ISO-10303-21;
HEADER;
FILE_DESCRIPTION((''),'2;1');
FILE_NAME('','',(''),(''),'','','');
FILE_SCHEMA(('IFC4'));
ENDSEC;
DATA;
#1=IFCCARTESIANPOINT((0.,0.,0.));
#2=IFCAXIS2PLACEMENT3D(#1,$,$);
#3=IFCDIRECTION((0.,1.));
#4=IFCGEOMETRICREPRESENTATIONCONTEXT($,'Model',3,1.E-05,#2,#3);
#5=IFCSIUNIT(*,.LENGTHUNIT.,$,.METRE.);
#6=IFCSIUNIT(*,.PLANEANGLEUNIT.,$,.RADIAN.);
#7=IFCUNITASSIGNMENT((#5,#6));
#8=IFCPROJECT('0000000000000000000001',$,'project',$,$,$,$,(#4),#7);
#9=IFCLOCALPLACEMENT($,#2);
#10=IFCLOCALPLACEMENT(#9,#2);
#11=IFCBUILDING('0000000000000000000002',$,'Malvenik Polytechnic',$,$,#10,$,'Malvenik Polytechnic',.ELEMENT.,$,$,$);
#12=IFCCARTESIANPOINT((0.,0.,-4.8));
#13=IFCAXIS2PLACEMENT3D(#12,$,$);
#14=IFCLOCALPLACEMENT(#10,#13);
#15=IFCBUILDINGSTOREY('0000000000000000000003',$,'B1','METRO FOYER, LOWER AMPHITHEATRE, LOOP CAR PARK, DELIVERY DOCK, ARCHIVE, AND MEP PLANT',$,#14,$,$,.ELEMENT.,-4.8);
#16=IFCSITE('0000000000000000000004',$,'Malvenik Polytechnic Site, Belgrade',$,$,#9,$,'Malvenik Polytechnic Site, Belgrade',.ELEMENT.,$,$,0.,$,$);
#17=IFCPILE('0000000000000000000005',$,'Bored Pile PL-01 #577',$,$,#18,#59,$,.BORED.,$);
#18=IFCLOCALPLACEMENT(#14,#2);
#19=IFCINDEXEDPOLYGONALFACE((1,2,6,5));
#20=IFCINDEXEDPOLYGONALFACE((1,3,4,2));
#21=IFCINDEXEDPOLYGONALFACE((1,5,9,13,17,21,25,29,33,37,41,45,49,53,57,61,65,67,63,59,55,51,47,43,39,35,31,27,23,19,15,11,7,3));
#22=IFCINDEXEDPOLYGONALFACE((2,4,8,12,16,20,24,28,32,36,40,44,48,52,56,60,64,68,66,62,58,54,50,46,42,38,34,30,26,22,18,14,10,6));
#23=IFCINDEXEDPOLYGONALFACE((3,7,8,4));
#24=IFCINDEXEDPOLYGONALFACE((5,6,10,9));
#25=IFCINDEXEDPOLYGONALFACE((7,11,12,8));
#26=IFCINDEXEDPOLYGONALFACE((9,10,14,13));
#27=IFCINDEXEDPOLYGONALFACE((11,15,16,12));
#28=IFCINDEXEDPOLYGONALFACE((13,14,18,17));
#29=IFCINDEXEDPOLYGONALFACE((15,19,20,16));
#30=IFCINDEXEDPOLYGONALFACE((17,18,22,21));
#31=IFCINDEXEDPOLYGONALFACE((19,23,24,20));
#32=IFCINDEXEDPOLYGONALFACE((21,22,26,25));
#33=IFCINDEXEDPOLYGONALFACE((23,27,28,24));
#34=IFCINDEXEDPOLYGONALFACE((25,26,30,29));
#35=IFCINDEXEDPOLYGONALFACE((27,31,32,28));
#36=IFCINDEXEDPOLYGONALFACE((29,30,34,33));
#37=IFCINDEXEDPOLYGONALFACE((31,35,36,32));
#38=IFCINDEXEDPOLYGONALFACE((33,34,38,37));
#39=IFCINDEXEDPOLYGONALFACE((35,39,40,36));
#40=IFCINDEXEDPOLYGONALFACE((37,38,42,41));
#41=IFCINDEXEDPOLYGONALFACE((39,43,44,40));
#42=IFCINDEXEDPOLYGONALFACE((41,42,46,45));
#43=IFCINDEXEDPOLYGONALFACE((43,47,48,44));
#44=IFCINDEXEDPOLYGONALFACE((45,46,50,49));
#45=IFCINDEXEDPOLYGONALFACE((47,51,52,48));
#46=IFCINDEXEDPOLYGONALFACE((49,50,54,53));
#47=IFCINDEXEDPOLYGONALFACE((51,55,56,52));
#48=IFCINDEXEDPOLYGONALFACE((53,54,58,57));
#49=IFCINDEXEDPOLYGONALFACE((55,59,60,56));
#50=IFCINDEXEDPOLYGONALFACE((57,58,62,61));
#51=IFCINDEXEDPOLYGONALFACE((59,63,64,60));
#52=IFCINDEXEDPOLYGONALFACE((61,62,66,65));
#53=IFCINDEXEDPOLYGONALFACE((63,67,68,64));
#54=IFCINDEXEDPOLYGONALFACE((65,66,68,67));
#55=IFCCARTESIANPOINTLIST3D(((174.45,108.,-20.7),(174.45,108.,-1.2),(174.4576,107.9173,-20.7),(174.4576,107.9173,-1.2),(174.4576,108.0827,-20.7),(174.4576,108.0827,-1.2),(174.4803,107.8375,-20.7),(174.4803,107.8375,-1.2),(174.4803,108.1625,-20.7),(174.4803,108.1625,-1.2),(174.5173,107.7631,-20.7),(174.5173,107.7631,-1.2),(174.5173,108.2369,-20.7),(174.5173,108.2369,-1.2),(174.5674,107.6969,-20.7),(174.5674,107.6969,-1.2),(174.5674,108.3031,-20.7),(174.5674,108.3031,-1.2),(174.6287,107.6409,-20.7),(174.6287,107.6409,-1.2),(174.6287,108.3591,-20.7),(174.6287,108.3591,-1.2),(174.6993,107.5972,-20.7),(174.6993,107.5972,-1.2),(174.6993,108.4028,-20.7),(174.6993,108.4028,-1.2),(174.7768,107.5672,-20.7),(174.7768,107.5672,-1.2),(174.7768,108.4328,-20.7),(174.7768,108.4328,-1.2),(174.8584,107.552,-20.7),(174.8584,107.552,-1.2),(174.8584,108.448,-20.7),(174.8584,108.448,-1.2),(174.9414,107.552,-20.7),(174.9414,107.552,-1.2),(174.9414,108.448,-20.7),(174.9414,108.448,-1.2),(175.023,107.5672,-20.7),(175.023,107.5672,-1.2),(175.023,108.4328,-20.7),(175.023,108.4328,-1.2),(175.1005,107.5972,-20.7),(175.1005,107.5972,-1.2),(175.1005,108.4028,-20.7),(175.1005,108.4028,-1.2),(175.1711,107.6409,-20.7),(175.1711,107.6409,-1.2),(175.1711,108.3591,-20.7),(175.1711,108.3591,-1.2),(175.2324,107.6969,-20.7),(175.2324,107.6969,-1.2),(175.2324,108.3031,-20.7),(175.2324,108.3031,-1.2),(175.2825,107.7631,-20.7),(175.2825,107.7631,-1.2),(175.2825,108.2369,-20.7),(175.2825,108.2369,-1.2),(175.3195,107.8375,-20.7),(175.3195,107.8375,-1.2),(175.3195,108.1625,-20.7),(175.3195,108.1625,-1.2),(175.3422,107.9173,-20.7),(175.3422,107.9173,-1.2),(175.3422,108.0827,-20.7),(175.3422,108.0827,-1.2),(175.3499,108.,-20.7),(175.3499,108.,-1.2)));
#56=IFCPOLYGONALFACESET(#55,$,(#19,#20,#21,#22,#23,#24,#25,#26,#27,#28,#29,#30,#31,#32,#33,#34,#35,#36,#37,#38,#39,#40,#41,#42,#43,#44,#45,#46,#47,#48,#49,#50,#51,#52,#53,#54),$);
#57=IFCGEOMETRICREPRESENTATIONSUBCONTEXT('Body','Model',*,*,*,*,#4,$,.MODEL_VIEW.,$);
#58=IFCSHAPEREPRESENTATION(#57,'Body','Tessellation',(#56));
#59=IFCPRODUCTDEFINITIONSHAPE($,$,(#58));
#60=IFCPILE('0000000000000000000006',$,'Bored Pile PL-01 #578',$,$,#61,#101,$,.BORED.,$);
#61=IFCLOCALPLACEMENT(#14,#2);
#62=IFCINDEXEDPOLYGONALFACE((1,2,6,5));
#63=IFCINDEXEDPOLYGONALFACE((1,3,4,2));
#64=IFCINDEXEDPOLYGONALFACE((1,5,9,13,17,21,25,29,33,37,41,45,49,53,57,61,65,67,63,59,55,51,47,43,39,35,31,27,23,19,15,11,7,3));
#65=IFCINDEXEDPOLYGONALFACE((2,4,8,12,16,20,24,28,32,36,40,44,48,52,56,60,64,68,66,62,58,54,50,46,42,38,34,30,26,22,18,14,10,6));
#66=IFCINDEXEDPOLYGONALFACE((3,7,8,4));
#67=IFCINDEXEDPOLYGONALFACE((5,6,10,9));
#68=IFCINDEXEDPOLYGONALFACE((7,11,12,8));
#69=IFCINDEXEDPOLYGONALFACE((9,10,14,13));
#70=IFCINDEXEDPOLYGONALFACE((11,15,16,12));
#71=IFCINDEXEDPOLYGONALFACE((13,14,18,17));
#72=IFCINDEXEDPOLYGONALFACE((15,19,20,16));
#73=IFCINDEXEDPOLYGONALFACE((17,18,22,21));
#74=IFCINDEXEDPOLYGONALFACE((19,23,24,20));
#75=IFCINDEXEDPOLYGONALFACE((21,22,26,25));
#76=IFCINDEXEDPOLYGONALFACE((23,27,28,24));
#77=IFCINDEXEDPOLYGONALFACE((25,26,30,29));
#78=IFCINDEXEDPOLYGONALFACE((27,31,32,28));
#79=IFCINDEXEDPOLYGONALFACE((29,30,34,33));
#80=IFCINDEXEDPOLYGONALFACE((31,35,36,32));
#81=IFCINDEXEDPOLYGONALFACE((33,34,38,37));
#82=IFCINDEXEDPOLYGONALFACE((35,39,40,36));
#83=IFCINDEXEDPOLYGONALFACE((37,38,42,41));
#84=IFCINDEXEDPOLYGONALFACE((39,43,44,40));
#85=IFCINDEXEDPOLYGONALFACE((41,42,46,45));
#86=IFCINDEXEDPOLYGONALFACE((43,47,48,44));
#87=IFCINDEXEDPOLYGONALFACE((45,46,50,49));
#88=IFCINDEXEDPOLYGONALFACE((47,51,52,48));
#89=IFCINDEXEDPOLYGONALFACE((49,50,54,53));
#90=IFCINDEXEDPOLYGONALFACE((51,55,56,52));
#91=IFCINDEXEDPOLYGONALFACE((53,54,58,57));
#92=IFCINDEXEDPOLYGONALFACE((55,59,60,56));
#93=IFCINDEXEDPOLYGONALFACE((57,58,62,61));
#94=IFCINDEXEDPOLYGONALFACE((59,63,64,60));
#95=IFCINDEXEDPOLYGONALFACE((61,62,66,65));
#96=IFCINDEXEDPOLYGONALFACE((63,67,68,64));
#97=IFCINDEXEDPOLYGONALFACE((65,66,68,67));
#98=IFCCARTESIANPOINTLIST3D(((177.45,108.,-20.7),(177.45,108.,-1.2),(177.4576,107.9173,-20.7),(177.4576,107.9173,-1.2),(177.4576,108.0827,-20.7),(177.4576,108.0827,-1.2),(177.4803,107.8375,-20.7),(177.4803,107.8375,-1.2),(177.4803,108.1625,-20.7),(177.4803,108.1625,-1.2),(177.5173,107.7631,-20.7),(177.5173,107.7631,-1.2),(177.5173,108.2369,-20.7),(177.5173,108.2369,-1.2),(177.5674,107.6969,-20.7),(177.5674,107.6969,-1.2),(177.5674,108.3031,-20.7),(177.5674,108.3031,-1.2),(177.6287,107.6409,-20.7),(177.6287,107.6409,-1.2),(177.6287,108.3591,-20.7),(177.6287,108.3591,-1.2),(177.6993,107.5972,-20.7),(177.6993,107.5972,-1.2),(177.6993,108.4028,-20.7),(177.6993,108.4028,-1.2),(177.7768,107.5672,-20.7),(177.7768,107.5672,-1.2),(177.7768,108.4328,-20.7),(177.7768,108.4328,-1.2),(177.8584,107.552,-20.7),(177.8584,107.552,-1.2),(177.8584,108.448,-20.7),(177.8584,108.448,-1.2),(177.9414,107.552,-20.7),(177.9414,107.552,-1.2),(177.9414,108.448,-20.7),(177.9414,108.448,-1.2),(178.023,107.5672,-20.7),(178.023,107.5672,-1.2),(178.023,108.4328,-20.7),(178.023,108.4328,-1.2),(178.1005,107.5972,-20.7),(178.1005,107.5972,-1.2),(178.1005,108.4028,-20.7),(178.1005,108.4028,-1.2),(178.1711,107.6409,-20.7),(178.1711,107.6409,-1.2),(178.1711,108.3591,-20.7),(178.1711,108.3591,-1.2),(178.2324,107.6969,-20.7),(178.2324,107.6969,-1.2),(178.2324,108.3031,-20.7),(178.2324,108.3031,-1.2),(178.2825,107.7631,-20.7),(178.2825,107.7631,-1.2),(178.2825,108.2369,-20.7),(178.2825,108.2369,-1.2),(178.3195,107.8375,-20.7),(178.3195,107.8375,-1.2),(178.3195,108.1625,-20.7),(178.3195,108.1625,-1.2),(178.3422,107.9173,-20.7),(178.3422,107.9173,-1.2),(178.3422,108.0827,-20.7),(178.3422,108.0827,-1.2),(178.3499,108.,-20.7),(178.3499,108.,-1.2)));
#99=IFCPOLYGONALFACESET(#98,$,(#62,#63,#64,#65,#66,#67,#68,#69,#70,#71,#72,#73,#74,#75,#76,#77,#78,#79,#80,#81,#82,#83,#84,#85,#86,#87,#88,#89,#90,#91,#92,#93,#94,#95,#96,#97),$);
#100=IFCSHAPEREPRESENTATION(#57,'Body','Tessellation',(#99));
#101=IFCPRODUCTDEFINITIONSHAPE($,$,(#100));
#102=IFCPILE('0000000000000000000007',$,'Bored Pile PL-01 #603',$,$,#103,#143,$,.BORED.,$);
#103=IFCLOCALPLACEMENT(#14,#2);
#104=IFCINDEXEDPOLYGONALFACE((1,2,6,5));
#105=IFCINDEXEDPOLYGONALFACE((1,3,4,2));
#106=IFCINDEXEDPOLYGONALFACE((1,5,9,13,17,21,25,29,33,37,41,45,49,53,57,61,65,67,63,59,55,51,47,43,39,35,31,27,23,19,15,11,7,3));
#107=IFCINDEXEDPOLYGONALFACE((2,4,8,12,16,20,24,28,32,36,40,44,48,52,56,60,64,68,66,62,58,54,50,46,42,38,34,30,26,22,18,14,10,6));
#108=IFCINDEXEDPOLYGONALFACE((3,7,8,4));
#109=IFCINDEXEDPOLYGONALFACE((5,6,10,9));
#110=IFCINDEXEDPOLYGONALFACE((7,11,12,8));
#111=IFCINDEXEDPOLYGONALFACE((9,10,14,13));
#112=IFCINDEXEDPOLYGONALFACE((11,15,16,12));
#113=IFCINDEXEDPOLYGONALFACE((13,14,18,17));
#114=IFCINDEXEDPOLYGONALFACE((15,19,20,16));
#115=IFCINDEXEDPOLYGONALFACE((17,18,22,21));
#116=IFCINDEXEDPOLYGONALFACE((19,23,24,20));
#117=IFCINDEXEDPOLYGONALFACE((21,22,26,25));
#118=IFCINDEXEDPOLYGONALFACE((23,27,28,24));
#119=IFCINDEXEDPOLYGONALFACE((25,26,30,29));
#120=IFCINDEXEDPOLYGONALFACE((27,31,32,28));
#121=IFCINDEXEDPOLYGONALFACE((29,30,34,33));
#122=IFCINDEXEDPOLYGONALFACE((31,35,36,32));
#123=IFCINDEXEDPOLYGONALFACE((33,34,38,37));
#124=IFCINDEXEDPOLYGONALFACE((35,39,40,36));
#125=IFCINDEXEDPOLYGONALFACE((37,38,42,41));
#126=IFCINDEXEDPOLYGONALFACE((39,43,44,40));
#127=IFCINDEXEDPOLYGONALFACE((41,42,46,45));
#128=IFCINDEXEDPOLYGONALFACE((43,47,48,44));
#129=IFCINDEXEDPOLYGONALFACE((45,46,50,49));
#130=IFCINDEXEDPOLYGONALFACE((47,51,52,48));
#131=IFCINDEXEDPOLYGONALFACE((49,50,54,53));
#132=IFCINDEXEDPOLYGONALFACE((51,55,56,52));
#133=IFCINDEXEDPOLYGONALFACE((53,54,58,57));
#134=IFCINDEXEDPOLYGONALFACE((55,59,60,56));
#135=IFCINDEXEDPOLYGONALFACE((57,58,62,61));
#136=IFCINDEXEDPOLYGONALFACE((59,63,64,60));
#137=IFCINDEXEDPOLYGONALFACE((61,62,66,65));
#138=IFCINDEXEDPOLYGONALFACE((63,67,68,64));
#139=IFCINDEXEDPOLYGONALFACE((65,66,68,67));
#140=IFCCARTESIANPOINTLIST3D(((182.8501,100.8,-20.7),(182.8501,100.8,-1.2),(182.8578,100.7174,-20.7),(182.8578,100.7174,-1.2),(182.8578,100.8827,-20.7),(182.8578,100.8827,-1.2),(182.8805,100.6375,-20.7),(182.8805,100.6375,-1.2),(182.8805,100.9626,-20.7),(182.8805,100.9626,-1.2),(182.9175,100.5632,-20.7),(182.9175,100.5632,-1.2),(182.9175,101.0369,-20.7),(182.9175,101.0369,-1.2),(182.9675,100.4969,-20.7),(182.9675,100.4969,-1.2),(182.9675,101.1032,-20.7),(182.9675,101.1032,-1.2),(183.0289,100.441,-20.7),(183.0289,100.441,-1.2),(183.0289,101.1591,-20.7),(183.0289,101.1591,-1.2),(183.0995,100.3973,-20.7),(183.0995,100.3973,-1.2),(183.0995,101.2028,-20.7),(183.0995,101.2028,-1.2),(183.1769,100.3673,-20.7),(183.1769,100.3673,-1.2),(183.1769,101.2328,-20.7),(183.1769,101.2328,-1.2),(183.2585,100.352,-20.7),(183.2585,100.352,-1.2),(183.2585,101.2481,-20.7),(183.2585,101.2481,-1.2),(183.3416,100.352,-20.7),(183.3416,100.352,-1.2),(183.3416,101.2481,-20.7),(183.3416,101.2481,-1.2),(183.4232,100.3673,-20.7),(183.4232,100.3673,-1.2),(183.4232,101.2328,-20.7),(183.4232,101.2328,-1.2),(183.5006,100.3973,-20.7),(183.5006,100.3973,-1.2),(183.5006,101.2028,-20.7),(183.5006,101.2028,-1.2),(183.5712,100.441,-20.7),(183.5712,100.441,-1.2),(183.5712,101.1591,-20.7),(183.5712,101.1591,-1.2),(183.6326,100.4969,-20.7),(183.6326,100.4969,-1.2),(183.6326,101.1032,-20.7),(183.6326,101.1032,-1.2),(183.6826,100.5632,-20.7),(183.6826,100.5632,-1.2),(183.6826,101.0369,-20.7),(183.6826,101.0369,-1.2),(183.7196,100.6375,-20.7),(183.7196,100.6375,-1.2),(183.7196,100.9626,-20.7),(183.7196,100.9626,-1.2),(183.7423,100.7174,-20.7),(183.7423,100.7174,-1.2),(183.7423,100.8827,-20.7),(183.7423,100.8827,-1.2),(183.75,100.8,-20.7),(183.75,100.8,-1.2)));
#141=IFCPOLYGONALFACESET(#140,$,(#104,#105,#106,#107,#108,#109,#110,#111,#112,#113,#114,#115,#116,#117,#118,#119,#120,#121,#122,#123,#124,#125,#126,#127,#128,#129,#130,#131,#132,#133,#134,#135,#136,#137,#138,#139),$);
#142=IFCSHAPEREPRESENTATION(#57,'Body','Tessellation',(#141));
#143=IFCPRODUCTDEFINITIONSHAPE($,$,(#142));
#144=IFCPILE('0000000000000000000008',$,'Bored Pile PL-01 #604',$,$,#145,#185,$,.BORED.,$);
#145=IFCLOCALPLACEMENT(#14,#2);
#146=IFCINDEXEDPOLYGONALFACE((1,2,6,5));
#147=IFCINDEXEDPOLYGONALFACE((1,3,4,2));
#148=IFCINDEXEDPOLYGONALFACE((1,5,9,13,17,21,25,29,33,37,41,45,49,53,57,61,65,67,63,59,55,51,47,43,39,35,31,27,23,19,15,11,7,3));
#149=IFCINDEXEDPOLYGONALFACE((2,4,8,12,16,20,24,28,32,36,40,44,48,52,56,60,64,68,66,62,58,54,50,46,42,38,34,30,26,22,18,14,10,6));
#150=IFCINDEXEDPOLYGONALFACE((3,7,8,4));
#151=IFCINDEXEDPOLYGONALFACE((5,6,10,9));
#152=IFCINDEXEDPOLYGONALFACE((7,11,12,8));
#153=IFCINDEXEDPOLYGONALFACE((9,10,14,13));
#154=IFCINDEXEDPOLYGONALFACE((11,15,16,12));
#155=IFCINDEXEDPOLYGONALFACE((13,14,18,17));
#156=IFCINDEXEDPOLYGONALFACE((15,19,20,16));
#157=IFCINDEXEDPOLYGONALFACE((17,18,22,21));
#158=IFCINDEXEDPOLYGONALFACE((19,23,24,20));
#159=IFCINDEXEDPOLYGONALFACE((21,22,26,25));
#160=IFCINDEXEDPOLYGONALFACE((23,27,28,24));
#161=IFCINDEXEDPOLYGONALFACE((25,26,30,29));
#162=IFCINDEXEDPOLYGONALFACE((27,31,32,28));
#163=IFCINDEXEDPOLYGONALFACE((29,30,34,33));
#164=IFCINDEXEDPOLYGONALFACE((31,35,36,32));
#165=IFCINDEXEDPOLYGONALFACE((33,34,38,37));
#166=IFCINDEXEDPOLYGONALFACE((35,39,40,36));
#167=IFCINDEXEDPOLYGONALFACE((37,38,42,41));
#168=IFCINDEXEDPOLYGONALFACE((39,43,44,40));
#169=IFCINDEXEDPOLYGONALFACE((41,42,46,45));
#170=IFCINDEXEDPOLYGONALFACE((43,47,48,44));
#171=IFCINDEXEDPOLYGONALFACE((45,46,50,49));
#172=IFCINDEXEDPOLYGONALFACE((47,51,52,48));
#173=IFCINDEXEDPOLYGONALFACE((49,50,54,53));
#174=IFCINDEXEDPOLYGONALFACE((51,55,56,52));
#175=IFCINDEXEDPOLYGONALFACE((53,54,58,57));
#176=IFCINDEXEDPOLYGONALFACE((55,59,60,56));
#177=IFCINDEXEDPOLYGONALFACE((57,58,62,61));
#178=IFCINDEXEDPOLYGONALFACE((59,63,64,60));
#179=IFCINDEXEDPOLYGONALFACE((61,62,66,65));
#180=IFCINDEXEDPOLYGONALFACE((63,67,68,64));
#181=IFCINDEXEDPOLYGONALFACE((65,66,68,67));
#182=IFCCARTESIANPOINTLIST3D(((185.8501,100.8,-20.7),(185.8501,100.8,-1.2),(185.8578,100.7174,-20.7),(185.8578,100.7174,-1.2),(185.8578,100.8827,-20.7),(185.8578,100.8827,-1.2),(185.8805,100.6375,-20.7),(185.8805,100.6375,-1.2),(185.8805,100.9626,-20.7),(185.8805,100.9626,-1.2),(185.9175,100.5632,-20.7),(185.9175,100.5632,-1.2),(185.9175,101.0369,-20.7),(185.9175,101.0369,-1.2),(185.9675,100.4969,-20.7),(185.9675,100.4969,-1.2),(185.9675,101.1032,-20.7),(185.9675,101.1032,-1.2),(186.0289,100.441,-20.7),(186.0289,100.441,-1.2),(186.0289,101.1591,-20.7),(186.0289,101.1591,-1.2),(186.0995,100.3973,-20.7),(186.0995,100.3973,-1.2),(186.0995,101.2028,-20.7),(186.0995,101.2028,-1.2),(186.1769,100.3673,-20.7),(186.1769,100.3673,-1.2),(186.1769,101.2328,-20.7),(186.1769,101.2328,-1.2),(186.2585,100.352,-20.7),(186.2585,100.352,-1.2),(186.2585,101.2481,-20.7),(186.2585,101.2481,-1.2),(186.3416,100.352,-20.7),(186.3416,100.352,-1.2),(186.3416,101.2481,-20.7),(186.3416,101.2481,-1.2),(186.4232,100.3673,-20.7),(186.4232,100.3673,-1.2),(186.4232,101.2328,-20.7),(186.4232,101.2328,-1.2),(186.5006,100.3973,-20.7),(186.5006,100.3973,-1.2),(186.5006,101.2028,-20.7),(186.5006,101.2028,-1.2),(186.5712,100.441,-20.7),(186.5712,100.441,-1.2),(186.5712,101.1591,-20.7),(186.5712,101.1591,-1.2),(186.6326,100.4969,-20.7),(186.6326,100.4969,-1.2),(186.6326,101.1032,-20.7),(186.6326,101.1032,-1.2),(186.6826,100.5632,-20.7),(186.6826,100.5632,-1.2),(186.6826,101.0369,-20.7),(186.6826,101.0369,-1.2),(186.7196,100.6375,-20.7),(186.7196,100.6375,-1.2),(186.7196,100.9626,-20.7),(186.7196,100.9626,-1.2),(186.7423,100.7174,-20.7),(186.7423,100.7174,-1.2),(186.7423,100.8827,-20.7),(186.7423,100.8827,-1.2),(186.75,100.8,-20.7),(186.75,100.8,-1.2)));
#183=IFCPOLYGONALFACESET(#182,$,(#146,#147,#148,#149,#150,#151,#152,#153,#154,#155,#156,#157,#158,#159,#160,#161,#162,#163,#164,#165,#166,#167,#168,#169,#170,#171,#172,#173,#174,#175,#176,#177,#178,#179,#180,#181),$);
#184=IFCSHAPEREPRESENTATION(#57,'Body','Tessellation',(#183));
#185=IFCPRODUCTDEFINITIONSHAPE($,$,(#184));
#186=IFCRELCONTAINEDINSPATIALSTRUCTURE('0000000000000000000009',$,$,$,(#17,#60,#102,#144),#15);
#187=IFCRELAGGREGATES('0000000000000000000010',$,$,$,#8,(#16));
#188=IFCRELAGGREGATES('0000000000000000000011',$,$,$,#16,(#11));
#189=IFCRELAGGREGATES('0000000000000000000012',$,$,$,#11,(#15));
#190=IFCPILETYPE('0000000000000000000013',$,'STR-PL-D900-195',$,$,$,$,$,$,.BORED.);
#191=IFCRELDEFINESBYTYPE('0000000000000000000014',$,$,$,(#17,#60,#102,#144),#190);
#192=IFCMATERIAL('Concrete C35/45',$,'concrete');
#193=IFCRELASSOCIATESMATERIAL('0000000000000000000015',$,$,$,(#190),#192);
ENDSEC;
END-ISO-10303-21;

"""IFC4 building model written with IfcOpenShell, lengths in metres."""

from ifc_helpers import new_model, si_unit, direction, frame, origin, origin_2d, place, context, subcontext, project, spatial, circle, extrude, material, material_profile, profile_set, type_object, element, save


model = new_model("IFC4")

# Units and contexts
model_context = context("Model", 3, precision=1e-05, world=origin(), true_north=direction((0.0, 1.0)))
body_context = subcontext(model_context, "Body", "Model", "MODEL_VIEW")
ifc_project = project(units=[si_unit("LENGTHUNIT", "METRE"), si_unit("PLANEANGLEUNIT", "RADIAN")], contexts=[model_context])

# Site, building, storey
site_placement = place(None, origin())
site = spatial("IfcSite", under=ifc_project, at=site_placement, Name="Malvenik Polytechnic Site, Belgrade", LongName="Malvenik Polytechnic Site, Belgrade", CompositionType="ELEMENT", RefElevation=0.0)
building_placement = place(site_placement, origin())
building = spatial("IfcBuilding", under=site, at=building_placement, Name="Malvenik Polytechnic", LongName="Malvenik Polytechnic", CompositionType="ELEMENT")
storey_placement = place(building_placement, frame((0.0, 0.0, -4.8)))
storey = spatial("IfcBuildingStorey", under=building, at=storey_placement, Name="B1", Description="METRO FOYER, LOWER AMPHITHEATRE, LOOP CAR PARK, DELIVERY DOCK, ARCHIVE, AND MEP PLANT", CompositionType="ELEMENT", Elevation=-4.8)

# Shared definitions
ifc_material_1 = material(Name="Concrete C35/45", Category="concrete")

# Piles
ifc_material_profile_1 = material_profile(ifc_material_1, circle(Radius=0.45, at=origin_2d()), Name="BORED PILE D900")
ifc_profile_set_1 = profile_set([ifc_material_profile_1], Name="Concrete C35/45")
pile_type = type_object("IfcPileType", Name="STR-PL-D900-195", PredefinedType="BORED", material=ifc_profile_set_1)
for number, where, z_axis, x_axis, name in (
    (1, (174.8999, 108.0, -1.2), (0.0, 0.0, -1.0), (1.0, 0.0, 0.0), "Bored Pile PL-01 #577"),
    (2, (177.8999, 108.0, -1.2), (0.0, 0.0, -1.0), (1.0, 0.0, 0.0), "Bored Pile PL-01 #578"),
    (3, (183.3, 100.8, -1.2), (0.0, 0.0, -1.0), (1.0, 0.0, 0.0), "Bored Pile PL-01 #603"),
    (4, (186.3, 100.8, -1.2), (0.0, 0.0, -1.0), (1.0, 0.0, 0.0), "Bored Pile PL-01 #604"),
):
    element("IfcPile", number, at=place(storey_placement, frame(where, z_axis=z_axis, x_axis=x_axis)), inside=storey, type_object=pile_type, Name=name, PredefinedType="BORED", context=body_context, shape_type="SweptSolid", body=[
        extrude(circle(Radius=0.45, at=origin_2d()), origin(), (0.0, 0.0, 1.0), 19.5),
    ])

save(model, "model.ifc")
